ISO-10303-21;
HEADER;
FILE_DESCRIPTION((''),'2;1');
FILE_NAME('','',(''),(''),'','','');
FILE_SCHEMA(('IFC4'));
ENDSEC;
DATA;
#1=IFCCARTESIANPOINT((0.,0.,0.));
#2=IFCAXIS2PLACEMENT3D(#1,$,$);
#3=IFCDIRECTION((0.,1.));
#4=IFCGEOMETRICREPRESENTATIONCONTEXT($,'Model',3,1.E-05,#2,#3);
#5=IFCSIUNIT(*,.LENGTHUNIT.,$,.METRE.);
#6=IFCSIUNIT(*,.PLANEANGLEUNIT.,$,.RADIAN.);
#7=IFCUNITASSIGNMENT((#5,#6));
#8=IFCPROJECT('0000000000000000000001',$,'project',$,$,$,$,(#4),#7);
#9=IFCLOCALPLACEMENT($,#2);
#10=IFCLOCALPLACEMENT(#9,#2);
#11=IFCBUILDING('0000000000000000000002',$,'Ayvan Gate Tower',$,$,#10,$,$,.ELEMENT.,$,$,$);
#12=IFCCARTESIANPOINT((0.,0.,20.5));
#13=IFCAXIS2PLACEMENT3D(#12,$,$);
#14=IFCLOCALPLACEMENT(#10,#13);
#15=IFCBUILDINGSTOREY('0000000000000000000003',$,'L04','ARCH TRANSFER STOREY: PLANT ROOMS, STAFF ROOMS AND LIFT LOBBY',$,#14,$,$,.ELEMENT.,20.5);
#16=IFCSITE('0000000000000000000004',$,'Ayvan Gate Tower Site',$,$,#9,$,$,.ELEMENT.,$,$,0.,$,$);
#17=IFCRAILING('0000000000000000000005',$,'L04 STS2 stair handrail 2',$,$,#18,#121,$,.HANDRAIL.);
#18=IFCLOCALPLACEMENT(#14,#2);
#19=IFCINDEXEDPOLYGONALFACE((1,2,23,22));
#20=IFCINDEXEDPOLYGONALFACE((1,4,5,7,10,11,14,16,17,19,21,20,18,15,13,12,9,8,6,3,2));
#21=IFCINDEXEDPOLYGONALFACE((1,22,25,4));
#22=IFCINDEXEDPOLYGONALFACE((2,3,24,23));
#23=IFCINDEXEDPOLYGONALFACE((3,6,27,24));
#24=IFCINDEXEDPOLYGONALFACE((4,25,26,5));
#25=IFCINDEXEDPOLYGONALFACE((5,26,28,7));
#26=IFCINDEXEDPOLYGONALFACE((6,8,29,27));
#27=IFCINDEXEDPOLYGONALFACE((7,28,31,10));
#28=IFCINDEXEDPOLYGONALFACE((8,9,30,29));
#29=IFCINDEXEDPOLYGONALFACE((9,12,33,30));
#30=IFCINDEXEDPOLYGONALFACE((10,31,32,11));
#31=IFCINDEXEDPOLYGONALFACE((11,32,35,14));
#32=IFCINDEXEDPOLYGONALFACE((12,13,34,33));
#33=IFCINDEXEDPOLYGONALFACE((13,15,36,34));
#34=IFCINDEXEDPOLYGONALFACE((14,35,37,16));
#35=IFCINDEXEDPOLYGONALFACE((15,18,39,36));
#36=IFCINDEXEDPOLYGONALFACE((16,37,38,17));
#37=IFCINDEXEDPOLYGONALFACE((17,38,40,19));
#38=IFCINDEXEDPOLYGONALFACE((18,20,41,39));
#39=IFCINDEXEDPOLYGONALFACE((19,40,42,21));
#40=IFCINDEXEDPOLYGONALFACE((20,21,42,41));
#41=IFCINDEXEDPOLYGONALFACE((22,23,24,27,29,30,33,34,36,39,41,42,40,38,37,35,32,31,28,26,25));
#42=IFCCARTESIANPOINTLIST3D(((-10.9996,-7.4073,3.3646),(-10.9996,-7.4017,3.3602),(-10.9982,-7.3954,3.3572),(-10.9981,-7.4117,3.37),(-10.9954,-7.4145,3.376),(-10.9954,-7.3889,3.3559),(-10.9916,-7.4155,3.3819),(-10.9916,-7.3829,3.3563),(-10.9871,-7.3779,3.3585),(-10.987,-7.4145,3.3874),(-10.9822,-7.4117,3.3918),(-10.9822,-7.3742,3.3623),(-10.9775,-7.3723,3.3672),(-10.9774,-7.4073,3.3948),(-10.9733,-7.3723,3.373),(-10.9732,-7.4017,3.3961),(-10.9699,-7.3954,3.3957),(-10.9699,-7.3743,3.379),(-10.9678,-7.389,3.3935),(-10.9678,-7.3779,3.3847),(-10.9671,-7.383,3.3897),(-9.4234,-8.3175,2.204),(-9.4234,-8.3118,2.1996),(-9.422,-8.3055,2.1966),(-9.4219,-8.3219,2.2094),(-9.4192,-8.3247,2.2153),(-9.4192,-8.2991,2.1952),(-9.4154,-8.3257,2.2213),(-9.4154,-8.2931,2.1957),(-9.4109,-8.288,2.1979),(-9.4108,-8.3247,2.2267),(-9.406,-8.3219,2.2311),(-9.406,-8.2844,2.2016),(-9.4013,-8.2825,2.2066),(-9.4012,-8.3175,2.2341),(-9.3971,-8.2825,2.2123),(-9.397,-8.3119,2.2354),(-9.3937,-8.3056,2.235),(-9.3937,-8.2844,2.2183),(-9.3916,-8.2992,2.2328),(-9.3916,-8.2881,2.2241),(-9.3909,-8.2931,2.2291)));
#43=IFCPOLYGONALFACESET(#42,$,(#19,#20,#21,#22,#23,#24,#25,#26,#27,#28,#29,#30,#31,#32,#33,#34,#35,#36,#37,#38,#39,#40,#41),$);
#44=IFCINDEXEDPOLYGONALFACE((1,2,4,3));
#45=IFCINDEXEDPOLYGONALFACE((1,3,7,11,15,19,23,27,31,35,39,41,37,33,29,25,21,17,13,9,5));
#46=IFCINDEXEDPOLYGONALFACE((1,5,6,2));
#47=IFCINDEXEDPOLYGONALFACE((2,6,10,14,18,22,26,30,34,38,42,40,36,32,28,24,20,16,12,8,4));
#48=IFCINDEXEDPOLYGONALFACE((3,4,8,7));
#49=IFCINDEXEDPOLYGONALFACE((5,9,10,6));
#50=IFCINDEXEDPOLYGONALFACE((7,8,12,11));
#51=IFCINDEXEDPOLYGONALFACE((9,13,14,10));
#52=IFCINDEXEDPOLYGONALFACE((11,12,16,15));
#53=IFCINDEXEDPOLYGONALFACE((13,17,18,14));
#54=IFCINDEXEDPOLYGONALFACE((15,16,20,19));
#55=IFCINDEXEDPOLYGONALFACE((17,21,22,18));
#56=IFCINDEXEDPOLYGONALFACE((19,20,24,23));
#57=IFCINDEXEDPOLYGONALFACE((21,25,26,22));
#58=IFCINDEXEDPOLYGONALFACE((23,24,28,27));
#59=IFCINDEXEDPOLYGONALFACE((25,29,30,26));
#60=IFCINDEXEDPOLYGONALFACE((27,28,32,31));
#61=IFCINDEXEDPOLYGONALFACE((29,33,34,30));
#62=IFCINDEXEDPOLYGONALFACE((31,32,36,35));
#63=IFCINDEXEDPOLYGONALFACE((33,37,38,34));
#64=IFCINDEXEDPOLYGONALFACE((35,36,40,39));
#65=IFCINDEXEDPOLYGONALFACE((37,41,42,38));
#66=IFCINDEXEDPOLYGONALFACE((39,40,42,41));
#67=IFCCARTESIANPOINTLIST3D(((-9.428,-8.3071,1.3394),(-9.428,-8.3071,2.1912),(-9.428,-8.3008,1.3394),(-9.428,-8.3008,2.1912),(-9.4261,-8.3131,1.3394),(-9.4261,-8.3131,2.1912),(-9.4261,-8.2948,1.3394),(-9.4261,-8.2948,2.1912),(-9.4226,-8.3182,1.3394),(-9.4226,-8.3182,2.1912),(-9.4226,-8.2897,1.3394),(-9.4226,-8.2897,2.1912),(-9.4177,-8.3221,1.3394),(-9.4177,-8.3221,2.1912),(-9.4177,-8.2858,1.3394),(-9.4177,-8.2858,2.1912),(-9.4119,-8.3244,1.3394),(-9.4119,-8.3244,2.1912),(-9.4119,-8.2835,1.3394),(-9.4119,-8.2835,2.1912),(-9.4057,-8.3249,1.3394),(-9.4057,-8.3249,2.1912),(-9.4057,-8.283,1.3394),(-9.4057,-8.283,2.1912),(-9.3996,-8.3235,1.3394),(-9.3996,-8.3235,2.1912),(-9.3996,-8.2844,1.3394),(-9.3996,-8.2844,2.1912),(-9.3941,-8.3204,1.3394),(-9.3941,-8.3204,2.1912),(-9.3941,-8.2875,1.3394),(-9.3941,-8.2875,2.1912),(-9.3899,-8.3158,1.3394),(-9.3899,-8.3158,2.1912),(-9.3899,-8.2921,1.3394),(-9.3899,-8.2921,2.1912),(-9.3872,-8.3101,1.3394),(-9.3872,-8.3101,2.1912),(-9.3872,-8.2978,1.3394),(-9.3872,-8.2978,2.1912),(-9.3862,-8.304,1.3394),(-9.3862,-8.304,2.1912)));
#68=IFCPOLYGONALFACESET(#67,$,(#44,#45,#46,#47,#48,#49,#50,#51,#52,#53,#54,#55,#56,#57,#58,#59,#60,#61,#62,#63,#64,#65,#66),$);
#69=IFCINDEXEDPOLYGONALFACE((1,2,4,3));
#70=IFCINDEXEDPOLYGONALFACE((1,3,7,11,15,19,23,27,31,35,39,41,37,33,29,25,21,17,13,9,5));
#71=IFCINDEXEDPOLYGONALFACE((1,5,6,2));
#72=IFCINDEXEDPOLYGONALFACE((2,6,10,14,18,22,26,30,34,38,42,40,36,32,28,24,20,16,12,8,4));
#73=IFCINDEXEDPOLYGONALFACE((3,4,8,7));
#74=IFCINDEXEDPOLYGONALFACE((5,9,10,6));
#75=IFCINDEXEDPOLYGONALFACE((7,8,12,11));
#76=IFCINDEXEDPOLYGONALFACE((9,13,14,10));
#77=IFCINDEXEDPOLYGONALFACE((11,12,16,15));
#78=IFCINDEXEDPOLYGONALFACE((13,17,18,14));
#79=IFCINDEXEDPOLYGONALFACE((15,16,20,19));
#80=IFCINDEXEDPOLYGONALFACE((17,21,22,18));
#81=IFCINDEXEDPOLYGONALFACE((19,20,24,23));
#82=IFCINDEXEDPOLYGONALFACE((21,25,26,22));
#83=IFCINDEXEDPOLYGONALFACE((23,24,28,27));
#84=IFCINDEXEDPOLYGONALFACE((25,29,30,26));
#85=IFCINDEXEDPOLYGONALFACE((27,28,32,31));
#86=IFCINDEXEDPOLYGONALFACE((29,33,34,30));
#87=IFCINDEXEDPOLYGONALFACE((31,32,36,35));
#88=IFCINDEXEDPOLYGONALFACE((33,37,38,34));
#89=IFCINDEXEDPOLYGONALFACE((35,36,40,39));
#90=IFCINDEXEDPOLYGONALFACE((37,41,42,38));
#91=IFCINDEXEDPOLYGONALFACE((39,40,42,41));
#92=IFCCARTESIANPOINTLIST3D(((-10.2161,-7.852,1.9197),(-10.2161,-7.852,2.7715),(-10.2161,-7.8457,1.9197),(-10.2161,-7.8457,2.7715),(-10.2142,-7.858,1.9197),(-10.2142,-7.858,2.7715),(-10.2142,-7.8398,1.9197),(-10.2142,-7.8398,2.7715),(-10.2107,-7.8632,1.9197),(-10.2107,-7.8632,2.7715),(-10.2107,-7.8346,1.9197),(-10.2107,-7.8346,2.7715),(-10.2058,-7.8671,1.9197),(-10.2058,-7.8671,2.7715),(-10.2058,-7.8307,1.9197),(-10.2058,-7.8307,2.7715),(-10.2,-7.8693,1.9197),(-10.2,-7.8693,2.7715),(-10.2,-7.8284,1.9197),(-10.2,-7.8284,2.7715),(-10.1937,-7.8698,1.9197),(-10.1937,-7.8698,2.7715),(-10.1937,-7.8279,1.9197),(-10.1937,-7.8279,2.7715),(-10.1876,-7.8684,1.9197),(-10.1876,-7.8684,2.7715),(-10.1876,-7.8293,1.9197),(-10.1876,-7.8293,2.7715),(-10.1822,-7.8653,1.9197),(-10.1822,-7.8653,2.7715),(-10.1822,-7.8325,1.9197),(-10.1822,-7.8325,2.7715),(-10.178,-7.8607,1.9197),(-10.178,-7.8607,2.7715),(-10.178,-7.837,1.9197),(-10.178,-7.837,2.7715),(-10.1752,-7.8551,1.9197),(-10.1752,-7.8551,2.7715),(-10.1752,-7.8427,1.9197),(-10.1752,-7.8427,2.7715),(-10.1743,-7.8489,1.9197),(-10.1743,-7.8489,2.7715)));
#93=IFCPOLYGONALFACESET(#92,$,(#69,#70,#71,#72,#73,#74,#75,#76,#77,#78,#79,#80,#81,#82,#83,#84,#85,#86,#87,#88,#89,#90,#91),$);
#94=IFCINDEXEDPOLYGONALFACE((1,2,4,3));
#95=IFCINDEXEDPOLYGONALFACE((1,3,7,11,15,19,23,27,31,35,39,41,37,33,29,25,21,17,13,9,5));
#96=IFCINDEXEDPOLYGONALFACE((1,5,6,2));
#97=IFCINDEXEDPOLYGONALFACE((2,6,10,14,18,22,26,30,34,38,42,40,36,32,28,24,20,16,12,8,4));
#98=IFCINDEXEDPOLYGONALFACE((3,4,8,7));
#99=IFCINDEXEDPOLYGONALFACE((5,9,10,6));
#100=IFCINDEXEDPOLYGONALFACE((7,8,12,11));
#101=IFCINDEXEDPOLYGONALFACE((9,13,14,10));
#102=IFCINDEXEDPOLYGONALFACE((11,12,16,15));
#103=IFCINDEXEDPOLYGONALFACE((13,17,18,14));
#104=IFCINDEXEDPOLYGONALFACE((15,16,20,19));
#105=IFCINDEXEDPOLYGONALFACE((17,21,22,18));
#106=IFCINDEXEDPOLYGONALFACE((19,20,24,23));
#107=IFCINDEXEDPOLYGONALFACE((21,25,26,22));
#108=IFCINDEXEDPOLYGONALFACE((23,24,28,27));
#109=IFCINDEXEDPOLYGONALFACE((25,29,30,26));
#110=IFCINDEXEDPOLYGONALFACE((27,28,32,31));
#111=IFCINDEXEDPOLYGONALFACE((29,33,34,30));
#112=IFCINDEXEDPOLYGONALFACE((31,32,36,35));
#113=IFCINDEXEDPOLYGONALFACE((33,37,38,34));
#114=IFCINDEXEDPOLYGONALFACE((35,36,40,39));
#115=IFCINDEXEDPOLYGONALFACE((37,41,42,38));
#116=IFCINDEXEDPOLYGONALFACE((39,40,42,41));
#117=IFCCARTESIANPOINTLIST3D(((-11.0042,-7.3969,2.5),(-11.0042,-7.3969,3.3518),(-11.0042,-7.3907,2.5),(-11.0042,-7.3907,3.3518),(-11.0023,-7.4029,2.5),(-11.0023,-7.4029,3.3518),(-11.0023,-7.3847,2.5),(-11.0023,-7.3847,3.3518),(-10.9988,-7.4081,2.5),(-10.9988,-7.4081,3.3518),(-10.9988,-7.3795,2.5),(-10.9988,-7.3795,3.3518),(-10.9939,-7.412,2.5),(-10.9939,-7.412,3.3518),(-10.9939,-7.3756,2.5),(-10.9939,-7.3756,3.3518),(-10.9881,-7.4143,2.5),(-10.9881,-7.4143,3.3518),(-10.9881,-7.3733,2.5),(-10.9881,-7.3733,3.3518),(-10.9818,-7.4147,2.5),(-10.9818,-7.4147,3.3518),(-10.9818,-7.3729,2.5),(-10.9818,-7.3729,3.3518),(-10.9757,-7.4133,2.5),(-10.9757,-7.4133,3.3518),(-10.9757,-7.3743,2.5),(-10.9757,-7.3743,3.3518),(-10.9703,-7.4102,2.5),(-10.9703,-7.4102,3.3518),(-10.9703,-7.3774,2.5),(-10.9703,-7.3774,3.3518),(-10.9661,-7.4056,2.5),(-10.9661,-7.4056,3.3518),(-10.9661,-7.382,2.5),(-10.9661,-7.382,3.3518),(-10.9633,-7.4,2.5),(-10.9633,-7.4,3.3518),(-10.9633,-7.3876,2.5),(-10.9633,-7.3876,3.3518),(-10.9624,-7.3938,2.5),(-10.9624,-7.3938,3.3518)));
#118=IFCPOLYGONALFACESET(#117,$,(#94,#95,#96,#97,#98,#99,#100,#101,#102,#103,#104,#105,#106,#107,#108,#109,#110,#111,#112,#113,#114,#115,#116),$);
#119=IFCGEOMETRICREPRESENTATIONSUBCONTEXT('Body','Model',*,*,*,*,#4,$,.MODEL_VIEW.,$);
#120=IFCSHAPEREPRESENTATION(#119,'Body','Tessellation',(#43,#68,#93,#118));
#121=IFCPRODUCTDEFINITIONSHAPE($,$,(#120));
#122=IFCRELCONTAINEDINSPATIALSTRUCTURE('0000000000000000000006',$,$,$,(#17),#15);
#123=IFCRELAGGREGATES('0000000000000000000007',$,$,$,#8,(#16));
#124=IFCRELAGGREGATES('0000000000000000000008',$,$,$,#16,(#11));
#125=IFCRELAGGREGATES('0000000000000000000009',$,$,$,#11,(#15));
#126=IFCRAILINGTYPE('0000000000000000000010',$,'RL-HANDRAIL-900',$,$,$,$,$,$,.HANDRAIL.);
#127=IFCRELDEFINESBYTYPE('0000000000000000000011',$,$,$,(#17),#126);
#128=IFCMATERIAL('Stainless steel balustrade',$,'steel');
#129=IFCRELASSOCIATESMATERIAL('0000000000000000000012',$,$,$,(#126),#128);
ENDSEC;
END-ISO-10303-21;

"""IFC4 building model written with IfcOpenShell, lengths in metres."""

from ifc_helpers import new_model, si_unit, direction, frame, origin, origin_2d, place, context, subcontext, project, spatial, circle, extrude, material, type_object, element, save


model = new_model("IFC4")

# Units and contexts
model_context = context("Model", 3, precision=1e-05, world=origin(), true_north=direction((0.0, 1.0)))
body_context = subcontext(model_context, "Body", "Model", "MODEL_VIEW")
ifc_project = project(units=[si_unit("LENGTHUNIT", "METRE"), si_unit("PLANEANGLEUNIT", "RADIAN")], contexts=[model_context])

# Site, building, storey
site_placement = place(None, origin())
site = spatial("IfcSite", under=ifc_project, at=site_placement, Name="Ayvan Gate Tower Site", CompositionType="ELEMENT", RefElevation=0.0)
building_placement = place(site_placement, origin())
building = spatial("IfcBuilding", under=site, at=building_placement, Name="Ayvan Gate Tower", CompositionType="ELEMENT")
storey_placement = place(building_placement, frame((0.0, 0.0, 20.5)))
storey = spatial("IfcBuildingStorey", under=building, at=storey_placement, Name="L04", Description="ARCH TRANSFER STOREY: PLANT ROOMS, STAFF ROOMS AND LIFT LOBBY", CompositionType="ELEMENT", Elevation=20.5)

# Railing
ifc_material_1 = material(Name="Stainless steel balustrade", Category="steel")
railing_type_1 = type_object("IfcRailingType", Name="RL-HANDRAIL-900", PredefinedType="HANDRAIL", material=ifc_material_1)
railing_1_placement = place(storey_placement, frame((-9.4072, -8.304, 1.3394)))
element("IfcRailing", 1, at=railing_1_placement, inside=storey, type_object=railing_type_1, Name="L04 STS2 stair handrail 2", PredefinedType="HANDRAIL", context=body_context, shape_type="SweptSolid", body=[
    extrude(circle(Radius=0.0239, at=origin_2d()), frame((0.0, 0.0, 0.876), z_axis=(-0.730163, 0.421631, 0.53767), x_axis=(-0.500063, -0.865989, 0.0)), (0.0, 0.0, 1.0), 2.1587),
    extrude(circle(Radius=0.021, at=origin_2d()), origin(), (0.0, 0.0, 1.0), 0.8518),
    extrude(circle(Radius=0.021, at=origin_2d()), frame((-0.7881, 0.4551, 0.5803)), (0.0, 0.0, 1.0), 0.8518),
    extrude(circle(Radius=0.021, at=origin_2d()), frame((-1.5762, 0.9102, 1.1606)), (0.0, 0.0, 1.0), 0.8518),
])

save(model, "model.ifc")
